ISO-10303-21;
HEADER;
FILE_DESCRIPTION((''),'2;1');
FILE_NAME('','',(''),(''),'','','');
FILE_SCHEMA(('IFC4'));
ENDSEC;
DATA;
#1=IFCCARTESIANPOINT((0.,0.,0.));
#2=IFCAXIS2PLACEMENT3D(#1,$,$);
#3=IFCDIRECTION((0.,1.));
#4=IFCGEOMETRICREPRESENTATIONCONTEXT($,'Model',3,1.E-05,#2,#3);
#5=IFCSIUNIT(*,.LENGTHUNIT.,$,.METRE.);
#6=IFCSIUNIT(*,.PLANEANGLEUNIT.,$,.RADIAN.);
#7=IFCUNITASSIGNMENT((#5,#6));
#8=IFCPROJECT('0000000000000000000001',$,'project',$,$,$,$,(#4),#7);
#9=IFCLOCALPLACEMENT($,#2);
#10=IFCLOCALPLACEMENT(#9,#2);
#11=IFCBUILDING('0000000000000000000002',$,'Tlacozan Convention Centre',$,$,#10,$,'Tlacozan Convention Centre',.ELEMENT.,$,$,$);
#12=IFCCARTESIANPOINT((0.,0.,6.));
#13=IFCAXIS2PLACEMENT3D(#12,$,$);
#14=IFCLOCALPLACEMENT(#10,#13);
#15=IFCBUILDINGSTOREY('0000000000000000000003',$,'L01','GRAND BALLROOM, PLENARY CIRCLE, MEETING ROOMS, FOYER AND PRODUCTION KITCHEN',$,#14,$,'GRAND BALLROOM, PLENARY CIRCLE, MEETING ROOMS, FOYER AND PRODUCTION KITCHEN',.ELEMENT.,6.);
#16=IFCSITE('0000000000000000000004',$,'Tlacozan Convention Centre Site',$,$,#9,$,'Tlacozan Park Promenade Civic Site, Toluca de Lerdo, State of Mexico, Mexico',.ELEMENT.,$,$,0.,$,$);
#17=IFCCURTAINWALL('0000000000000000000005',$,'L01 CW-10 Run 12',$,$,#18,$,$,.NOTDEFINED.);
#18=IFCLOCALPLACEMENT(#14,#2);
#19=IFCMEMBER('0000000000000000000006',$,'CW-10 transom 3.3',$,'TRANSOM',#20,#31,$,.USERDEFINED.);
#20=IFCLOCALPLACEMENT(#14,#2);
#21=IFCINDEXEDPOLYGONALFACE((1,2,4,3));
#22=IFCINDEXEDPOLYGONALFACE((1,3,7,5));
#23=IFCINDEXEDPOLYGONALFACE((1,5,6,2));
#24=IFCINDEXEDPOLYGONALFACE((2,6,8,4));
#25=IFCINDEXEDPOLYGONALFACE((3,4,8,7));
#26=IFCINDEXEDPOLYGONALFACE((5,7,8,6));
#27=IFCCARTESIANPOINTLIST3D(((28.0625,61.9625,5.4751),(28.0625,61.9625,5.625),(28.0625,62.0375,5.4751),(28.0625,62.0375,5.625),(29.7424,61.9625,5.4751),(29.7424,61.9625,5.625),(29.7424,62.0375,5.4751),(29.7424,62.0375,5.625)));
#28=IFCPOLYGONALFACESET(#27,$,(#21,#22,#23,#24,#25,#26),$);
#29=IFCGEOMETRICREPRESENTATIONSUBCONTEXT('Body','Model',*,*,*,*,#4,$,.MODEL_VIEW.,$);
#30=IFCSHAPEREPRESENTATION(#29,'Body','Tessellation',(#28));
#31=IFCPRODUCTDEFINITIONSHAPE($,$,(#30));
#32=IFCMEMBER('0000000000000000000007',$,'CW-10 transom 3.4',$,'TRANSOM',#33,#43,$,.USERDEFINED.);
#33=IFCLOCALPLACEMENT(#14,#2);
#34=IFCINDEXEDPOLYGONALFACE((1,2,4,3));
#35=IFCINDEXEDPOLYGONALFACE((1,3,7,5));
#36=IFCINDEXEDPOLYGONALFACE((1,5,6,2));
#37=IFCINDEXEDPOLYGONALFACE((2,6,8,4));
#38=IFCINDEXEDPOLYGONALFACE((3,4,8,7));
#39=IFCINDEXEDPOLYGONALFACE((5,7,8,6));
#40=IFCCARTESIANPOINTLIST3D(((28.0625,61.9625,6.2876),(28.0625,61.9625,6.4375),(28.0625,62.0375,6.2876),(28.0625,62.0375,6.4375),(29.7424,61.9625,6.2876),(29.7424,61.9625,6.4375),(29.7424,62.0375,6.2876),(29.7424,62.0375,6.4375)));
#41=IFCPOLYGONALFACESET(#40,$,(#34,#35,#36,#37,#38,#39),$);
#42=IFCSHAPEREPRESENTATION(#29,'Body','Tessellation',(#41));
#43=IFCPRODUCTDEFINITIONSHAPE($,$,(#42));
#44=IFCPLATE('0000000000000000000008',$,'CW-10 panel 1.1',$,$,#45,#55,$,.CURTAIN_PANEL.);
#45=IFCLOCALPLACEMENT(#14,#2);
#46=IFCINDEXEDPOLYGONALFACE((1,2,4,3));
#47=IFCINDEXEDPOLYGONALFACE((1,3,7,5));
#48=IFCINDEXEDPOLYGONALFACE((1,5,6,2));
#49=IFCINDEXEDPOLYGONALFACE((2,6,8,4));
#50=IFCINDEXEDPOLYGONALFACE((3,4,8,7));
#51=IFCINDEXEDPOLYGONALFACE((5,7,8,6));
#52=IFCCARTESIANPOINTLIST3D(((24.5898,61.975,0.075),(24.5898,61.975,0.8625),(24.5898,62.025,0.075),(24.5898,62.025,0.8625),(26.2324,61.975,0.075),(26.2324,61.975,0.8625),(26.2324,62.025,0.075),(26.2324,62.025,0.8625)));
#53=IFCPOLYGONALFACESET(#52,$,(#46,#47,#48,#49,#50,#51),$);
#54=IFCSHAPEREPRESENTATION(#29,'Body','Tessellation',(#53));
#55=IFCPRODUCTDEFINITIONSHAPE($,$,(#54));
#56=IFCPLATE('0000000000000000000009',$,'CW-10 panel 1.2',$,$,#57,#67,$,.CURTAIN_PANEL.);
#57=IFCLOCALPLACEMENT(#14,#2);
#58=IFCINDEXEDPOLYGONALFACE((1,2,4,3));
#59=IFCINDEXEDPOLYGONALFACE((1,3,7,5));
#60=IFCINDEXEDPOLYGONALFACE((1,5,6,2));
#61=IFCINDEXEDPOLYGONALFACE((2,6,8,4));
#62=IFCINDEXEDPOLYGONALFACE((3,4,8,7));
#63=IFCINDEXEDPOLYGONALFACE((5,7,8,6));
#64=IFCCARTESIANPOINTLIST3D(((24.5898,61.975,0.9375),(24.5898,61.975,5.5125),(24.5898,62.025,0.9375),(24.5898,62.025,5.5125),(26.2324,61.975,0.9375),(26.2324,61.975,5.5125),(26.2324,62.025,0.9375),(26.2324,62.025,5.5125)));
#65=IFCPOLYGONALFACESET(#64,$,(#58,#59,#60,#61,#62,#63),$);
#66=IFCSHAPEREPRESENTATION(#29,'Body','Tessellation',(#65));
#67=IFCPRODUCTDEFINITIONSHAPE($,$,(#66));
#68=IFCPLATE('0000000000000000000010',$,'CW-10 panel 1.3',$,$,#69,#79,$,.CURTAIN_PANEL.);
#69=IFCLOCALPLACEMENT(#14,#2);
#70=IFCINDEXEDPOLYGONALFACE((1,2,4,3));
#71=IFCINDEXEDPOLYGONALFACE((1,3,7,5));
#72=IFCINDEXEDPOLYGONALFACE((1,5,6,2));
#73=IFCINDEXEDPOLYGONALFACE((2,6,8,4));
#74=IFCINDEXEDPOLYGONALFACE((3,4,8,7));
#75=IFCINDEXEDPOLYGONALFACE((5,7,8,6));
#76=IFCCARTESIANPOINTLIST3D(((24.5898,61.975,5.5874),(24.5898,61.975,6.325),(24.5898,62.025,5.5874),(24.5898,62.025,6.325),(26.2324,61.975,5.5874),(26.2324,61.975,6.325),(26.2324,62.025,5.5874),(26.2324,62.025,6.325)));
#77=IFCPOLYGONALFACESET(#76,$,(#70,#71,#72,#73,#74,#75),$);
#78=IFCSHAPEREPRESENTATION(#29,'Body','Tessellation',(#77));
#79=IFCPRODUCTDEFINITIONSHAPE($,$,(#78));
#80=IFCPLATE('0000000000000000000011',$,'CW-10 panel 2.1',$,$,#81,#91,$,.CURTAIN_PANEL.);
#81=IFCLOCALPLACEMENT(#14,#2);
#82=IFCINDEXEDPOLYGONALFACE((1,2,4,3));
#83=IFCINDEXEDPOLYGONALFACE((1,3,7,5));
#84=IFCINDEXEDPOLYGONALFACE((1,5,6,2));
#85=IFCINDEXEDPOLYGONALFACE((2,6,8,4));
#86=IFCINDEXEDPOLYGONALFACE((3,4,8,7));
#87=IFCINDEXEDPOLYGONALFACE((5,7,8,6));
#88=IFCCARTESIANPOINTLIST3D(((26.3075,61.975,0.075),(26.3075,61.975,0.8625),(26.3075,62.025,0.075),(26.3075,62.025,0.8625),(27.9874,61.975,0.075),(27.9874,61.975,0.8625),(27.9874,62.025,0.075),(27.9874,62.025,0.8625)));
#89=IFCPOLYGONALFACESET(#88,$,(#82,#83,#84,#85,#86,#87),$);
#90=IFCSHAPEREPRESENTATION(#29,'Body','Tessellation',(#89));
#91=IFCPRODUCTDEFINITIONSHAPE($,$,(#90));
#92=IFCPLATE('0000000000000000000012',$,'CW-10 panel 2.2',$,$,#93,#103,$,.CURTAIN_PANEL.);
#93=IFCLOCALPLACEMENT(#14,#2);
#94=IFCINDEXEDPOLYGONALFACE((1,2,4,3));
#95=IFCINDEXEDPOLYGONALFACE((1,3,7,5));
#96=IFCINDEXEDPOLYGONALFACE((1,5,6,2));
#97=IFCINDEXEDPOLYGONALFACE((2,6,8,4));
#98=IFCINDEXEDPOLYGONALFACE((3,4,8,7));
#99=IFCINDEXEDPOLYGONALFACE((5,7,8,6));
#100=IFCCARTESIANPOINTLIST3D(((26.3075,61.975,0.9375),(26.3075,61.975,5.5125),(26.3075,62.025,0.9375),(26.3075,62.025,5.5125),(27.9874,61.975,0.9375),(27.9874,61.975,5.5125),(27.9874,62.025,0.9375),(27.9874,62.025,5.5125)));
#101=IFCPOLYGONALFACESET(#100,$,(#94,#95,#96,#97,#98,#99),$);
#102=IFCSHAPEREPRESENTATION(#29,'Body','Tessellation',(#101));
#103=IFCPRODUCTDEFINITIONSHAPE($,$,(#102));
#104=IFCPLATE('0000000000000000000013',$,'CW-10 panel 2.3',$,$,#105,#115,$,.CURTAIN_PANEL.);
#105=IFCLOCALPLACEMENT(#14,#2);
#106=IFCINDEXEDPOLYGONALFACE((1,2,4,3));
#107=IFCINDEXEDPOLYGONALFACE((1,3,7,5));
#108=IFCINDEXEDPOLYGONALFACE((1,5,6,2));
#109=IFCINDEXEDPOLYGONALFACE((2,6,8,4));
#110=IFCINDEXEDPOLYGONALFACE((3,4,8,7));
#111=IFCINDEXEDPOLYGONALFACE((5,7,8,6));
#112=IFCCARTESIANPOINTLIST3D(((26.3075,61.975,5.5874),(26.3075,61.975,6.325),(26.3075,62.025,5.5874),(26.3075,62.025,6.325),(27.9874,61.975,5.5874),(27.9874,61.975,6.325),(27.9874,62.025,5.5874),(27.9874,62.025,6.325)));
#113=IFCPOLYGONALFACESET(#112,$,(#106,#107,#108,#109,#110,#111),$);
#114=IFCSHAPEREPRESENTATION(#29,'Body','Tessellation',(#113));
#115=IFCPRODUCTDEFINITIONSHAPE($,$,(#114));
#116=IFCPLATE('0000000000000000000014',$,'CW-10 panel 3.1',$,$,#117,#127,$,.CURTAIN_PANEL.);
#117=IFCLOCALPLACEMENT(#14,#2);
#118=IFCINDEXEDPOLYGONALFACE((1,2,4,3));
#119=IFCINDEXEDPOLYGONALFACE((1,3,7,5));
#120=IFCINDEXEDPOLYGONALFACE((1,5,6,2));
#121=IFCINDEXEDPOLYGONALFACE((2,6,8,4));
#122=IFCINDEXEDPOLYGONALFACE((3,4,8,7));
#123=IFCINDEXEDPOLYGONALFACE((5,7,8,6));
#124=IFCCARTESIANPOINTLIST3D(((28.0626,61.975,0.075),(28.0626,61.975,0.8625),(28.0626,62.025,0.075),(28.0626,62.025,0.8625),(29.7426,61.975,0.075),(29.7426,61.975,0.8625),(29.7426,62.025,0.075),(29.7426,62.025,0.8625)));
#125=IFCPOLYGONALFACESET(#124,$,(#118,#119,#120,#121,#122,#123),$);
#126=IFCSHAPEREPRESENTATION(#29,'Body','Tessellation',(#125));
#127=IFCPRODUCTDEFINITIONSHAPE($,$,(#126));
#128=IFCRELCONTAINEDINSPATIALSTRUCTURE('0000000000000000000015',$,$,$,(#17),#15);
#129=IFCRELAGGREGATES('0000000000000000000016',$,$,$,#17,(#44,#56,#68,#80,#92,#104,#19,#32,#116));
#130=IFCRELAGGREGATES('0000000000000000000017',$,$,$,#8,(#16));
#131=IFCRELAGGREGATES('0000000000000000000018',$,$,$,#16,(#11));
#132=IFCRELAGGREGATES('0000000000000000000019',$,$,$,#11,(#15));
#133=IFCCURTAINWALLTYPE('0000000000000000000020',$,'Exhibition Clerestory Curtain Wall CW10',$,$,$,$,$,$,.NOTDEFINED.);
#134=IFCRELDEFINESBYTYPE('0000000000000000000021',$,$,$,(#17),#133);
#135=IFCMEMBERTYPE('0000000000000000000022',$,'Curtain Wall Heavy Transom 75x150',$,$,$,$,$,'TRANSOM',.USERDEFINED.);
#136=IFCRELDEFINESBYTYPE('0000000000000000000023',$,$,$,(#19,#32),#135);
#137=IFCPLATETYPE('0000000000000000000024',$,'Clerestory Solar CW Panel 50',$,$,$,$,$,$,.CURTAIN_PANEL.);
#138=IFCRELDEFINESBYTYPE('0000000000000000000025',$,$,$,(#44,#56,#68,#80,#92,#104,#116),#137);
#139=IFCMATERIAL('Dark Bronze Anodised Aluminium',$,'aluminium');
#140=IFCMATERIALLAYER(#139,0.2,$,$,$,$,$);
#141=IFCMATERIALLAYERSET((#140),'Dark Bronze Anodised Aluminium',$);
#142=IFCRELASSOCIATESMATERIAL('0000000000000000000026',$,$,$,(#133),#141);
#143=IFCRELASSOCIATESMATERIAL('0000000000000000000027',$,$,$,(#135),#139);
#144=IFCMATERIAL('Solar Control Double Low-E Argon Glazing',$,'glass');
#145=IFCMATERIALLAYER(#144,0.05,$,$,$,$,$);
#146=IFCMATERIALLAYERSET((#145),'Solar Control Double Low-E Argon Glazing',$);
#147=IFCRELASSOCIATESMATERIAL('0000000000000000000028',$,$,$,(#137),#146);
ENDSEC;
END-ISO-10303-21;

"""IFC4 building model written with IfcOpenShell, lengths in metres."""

from ifc_helpers import new_model, si_unit, direction, frame, origin, origin_2d, place, context, subcontext, project, spatial, rectangle, extrude, material, layer, layer_set, material_profile, profile_set, type_object, element, aggregate, save


model = new_model("IFC4")

# Units and contexts
model_context = context("Model", 3, precision=1e-05, world=origin(), true_north=direction((0.0, 1.0)))
body_context = subcontext(model_context, "Body", "Model", "MODEL_VIEW")
ifc_project = project(units=[si_unit("LENGTHUNIT", "METRE"), si_unit("PLANEANGLEUNIT", "RADIAN")], contexts=[model_context])

# Site, building, storey
site_placement = place(None, origin())
site = spatial("IfcSite", under=ifc_project, at=site_placement, Name="Tlacozan Convention Centre Site", LongName="Tlacozan Park Promenade Civic Site, Toluca de Lerdo, State of Mexico, Mexico", CompositionType="ELEMENT", RefElevation=0.0)
building_placement = place(site_placement, origin())
building = spatial("IfcBuilding", under=site, at=building_placement, Name="Tlacozan Convention Centre", LongName="Tlacozan Convention Centre", CompositionType="ELEMENT")
storey_placement = place(building_placement, frame((0.0, 0.0, 6.0)))
storey = spatial("IfcBuildingStorey", under=building, at=storey_placement, Name="L01", Description="GRAND BALLROOM, PLENARY CIRCLE, MEETING ROOMS, FOYER AND PRODUCTION KITCHEN", LongName="GRAND BALLROOM, PLENARY CIRCLE, MEETING ROOMS, FOYER AND PRODUCTION KITCHEN", CompositionType="ELEMENT", Elevation=6.0)

# Curtain wall, members, plates
ifc_material_1 = material(Name="Dark Bronze Anodised Aluminium", Category="aluminium")
ifc_layer_1 = layer(ifc_material_1, 0.2)
ifc_layer_set_1 = layer_set([ifc_layer_1], Name="Dark Bronze Anodised Aluminium")
curtain_wall_type = type_object("IfcCurtainWallType", Name="Exhibition Clerestory Curtain Wall CW10", PredefinedType="NOTDEFINED", material=ifc_layer_set_1)
curtain_wall_placement = place(storey_placement, origin())
curtain_wall = element("IfcCurtainWall", 1, at=curtain_wall_placement, inside=storey, type_object=curtain_wall_type, Name="L01 CW-10 Run 12", PredefinedType="NOTDEFINED")
ifc_material_profile_1 = material_profile(ifc_material_1, rectangle(XDim=0.075, YDim=0.1499, at=origin_2d()), Name="ALU 75x150")
ifc_profile_set_1 = profile_set([ifc_material_profile_1], Name="Dark Bronze Anodised Aluminium")
member_type_1 = type_object("IfcMemberType", Name="Curtain Wall Heavy Transom 75x150", ElementType="TRANSOM", PredefinedType="USERDEFINED", material=ifc_profile_set_1)
member_1_placement = place(storey_placement, frame((28.0625, 62.0, 5.55), z_axis=(1.0, 0.0, 0.0), x_axis=(0.0, 1.0, 0.0)))
member_1 = element("IfcMember", 2, at=member_1_placement, type_object=member_type_1, Name="CW-10 transom 3.3", ObjectType="TRANSOM", PredefinedType="USERDEFINED", context=body_context, shape_type="SweptSolid", body=[
    extrude(rectangle(XDim=0.075, YDim=0.1499, at=origin_2d()), origin(), (0.0, 0.0, 1.0), 1.6799),
])
member_2_placement = place(storey_placement, frame((28.0625, 62.0, 6.3625), z_axis=(1.0, 0.0, 0.0), x_axis=(0.0, 1.0, 0.0)))
member_2 = element("IfcMember", 3, at=member_2_placement, type_object=member_type_1, Name="CW-10 transom 3.4", ObjectType="TRANSOM", PredefinedType="USERDEFINED", context=body_context, shape_type="SweptSolid", body=[
    extrude(rectangle(XDim=0.075, YDim=0.1499, at=origin_2d()), origin(), (0.0, 0.0, 1.0), 1.6799),
])
ifc_material_2 = material(Name="Solar Control Double Low-E Argon Glazing", Category="glass")
ifc_layer_2 = layer(ifc_material_2, 0.05)
ifc_layer_set_2 = layer_set([ifc_layer_2], Name="Solar Control Double Low-E Argon Glazing")
plate_type = type_object("IfcPlateType", Name="Clerestory Solar CW Panel 50", PredefinedType="CURTAIN_PANEL", material=ifc_layer_set_2)
plate_1_placement = place(storey_placement, frame((25.4111, 62.0, 0.075), z_axis=(0.0, 0.0, 1.0), x_axis=(1.0, 0.0, 0.0)))
plate_1 = element("IfcPlate", 4, at=plate_1_placement, type_object=plate_type, Name="CW-10 panel 1.1", PredefinedType="CURTAIN_PANEL", context=body_context, shape_type="SweptSolid", body=[
    extrude(rectangle(XDim=1.6426, YDim=0.05, at=origin_2d()), origin(), (0.0, 0.0, 1.0), 0.7876),
])
plate_2_placement = place(storey_placement, frame((25.4111, 62.0, 0.9375), z_axis=(0.0, 0.0, 1.0), x_axis=(1.0, 0.0, 0.0)))
plate_2 = element("IfcPlate", 5, at=plate_2_placement, type_object=plate_type, Name="CW-10 panel 1.2", PredefinedType="CURTAIN_PANEL", context=body_context, shape_type="SweptSolid", body=[
    extrude(rectangle(XDim=1.6426, YDim=0.05, at=origin_2d()), origin(), (0.0, 0.0, 1.0), 4.575),
])
plate_3_placement = place(storey_placement, frame((25.4111, 62.0, 5.5874), z_axis=(0.0, 0.0, 1.0), x_axis=(1.0, 0.0, 0.0)))
plate_3 = element("IfcPlate", 6, at=plate_3_placement, type_object=plate_type, Name="CW-10 panel 1.3", PredefinedType="CURTAIN_PANEL", context=body_context, shape_type="SweptSolid", body=[
    extrude(rectangle(XDim=1.6426, YDim=0.05, at=origin_2d()), origin(), (0.0, 0.0, 1.0), 0.7375),
])
plate_4_placement = place(storey_placement, frame((27.1475, 62.0, 0.075), z_axis=(0.0, 0.0, 1.0), x_axis=(1.0, 0.0, 0.0)))
plate_4 = element("IfcPlate", 7, at=plate_4_placement, type_object=plate_type, Name="CW-10 panel 2.1", PredefinedType="CURTAIN_PANEL", context=body_context, shape_type="SweptSolid", body=[
    extrude(rectangle(XDim=1.6799, YDim=0.05, at=origin_2d()), origin(), (0.0, 0.0, 1.0), 0.7876),
])
plate_5_placement = place(storey_placement, frame((27.1475, 62.0, 0.9375), z_axis=(0.0, 0.0, 1.0), x_axis=(1.0, 0.0, 0.0)))
plate_5 = element("IfcPlate", 8, at=plate_5_placement, type_object=plate_type, Name="CW-10 panel 2.2", PredefinedType="CURTAIN_PANEL", context=body_context, shape_type="SweptSolid", body=[
    extrude(rectangle(XDim=1.6799, YDim=0.05, at=origin_2d()), origin(), (0.0, 0.0, 1.0), 4.575),
])
plate_6_placement = place(storey_placement, frame((27.1475, 62.0, 5.5874), z_axis=(0.0, 0.0, 1.0), x_axis=(1.0, 0.0, 0.0)))
plate_6 = element("IfcPlate", 9, at=plate_6_placement, type_object=plate_type, Name="CW-10 panel 2.3", PredefinedType="CURTAIN_PANEL", context=body_context, shape_type="SweptSolid", body=[
    extrude(rectangle(XDim=1.6799, YDim=0.05, at=origin_2d()), origin(), (0.0, 0.0, 1.0), 0.7375),
])
plate_7_placement = place(storey_placement, frame((28.9026, 62.0, 0.075), z_axis=(0.0, 0.0, 1.0), x_axis=(1.0, 0.0, 0.0)))
plate_7 = element("IfcPlate", 10, at=plate_7_placement, type_object=plate_type, Name="CW-10 panel 3.1", PredefinedType="CURTAIN_PANEL", context=body_context, shape_type="SweptSolid", body=[
    extrude(rectangle(XDim=1.6799, YDim=0.05, at=origin_2d()), origin(), (0.0, 0.0, 1.0), 0.7876),
])
aggregate(curtain_wall, [plate_1, plate_2, plate_3, plate_4, plate_5, plate_6, member_1, member_2, plate_7])

save(model, "model.ifc")
